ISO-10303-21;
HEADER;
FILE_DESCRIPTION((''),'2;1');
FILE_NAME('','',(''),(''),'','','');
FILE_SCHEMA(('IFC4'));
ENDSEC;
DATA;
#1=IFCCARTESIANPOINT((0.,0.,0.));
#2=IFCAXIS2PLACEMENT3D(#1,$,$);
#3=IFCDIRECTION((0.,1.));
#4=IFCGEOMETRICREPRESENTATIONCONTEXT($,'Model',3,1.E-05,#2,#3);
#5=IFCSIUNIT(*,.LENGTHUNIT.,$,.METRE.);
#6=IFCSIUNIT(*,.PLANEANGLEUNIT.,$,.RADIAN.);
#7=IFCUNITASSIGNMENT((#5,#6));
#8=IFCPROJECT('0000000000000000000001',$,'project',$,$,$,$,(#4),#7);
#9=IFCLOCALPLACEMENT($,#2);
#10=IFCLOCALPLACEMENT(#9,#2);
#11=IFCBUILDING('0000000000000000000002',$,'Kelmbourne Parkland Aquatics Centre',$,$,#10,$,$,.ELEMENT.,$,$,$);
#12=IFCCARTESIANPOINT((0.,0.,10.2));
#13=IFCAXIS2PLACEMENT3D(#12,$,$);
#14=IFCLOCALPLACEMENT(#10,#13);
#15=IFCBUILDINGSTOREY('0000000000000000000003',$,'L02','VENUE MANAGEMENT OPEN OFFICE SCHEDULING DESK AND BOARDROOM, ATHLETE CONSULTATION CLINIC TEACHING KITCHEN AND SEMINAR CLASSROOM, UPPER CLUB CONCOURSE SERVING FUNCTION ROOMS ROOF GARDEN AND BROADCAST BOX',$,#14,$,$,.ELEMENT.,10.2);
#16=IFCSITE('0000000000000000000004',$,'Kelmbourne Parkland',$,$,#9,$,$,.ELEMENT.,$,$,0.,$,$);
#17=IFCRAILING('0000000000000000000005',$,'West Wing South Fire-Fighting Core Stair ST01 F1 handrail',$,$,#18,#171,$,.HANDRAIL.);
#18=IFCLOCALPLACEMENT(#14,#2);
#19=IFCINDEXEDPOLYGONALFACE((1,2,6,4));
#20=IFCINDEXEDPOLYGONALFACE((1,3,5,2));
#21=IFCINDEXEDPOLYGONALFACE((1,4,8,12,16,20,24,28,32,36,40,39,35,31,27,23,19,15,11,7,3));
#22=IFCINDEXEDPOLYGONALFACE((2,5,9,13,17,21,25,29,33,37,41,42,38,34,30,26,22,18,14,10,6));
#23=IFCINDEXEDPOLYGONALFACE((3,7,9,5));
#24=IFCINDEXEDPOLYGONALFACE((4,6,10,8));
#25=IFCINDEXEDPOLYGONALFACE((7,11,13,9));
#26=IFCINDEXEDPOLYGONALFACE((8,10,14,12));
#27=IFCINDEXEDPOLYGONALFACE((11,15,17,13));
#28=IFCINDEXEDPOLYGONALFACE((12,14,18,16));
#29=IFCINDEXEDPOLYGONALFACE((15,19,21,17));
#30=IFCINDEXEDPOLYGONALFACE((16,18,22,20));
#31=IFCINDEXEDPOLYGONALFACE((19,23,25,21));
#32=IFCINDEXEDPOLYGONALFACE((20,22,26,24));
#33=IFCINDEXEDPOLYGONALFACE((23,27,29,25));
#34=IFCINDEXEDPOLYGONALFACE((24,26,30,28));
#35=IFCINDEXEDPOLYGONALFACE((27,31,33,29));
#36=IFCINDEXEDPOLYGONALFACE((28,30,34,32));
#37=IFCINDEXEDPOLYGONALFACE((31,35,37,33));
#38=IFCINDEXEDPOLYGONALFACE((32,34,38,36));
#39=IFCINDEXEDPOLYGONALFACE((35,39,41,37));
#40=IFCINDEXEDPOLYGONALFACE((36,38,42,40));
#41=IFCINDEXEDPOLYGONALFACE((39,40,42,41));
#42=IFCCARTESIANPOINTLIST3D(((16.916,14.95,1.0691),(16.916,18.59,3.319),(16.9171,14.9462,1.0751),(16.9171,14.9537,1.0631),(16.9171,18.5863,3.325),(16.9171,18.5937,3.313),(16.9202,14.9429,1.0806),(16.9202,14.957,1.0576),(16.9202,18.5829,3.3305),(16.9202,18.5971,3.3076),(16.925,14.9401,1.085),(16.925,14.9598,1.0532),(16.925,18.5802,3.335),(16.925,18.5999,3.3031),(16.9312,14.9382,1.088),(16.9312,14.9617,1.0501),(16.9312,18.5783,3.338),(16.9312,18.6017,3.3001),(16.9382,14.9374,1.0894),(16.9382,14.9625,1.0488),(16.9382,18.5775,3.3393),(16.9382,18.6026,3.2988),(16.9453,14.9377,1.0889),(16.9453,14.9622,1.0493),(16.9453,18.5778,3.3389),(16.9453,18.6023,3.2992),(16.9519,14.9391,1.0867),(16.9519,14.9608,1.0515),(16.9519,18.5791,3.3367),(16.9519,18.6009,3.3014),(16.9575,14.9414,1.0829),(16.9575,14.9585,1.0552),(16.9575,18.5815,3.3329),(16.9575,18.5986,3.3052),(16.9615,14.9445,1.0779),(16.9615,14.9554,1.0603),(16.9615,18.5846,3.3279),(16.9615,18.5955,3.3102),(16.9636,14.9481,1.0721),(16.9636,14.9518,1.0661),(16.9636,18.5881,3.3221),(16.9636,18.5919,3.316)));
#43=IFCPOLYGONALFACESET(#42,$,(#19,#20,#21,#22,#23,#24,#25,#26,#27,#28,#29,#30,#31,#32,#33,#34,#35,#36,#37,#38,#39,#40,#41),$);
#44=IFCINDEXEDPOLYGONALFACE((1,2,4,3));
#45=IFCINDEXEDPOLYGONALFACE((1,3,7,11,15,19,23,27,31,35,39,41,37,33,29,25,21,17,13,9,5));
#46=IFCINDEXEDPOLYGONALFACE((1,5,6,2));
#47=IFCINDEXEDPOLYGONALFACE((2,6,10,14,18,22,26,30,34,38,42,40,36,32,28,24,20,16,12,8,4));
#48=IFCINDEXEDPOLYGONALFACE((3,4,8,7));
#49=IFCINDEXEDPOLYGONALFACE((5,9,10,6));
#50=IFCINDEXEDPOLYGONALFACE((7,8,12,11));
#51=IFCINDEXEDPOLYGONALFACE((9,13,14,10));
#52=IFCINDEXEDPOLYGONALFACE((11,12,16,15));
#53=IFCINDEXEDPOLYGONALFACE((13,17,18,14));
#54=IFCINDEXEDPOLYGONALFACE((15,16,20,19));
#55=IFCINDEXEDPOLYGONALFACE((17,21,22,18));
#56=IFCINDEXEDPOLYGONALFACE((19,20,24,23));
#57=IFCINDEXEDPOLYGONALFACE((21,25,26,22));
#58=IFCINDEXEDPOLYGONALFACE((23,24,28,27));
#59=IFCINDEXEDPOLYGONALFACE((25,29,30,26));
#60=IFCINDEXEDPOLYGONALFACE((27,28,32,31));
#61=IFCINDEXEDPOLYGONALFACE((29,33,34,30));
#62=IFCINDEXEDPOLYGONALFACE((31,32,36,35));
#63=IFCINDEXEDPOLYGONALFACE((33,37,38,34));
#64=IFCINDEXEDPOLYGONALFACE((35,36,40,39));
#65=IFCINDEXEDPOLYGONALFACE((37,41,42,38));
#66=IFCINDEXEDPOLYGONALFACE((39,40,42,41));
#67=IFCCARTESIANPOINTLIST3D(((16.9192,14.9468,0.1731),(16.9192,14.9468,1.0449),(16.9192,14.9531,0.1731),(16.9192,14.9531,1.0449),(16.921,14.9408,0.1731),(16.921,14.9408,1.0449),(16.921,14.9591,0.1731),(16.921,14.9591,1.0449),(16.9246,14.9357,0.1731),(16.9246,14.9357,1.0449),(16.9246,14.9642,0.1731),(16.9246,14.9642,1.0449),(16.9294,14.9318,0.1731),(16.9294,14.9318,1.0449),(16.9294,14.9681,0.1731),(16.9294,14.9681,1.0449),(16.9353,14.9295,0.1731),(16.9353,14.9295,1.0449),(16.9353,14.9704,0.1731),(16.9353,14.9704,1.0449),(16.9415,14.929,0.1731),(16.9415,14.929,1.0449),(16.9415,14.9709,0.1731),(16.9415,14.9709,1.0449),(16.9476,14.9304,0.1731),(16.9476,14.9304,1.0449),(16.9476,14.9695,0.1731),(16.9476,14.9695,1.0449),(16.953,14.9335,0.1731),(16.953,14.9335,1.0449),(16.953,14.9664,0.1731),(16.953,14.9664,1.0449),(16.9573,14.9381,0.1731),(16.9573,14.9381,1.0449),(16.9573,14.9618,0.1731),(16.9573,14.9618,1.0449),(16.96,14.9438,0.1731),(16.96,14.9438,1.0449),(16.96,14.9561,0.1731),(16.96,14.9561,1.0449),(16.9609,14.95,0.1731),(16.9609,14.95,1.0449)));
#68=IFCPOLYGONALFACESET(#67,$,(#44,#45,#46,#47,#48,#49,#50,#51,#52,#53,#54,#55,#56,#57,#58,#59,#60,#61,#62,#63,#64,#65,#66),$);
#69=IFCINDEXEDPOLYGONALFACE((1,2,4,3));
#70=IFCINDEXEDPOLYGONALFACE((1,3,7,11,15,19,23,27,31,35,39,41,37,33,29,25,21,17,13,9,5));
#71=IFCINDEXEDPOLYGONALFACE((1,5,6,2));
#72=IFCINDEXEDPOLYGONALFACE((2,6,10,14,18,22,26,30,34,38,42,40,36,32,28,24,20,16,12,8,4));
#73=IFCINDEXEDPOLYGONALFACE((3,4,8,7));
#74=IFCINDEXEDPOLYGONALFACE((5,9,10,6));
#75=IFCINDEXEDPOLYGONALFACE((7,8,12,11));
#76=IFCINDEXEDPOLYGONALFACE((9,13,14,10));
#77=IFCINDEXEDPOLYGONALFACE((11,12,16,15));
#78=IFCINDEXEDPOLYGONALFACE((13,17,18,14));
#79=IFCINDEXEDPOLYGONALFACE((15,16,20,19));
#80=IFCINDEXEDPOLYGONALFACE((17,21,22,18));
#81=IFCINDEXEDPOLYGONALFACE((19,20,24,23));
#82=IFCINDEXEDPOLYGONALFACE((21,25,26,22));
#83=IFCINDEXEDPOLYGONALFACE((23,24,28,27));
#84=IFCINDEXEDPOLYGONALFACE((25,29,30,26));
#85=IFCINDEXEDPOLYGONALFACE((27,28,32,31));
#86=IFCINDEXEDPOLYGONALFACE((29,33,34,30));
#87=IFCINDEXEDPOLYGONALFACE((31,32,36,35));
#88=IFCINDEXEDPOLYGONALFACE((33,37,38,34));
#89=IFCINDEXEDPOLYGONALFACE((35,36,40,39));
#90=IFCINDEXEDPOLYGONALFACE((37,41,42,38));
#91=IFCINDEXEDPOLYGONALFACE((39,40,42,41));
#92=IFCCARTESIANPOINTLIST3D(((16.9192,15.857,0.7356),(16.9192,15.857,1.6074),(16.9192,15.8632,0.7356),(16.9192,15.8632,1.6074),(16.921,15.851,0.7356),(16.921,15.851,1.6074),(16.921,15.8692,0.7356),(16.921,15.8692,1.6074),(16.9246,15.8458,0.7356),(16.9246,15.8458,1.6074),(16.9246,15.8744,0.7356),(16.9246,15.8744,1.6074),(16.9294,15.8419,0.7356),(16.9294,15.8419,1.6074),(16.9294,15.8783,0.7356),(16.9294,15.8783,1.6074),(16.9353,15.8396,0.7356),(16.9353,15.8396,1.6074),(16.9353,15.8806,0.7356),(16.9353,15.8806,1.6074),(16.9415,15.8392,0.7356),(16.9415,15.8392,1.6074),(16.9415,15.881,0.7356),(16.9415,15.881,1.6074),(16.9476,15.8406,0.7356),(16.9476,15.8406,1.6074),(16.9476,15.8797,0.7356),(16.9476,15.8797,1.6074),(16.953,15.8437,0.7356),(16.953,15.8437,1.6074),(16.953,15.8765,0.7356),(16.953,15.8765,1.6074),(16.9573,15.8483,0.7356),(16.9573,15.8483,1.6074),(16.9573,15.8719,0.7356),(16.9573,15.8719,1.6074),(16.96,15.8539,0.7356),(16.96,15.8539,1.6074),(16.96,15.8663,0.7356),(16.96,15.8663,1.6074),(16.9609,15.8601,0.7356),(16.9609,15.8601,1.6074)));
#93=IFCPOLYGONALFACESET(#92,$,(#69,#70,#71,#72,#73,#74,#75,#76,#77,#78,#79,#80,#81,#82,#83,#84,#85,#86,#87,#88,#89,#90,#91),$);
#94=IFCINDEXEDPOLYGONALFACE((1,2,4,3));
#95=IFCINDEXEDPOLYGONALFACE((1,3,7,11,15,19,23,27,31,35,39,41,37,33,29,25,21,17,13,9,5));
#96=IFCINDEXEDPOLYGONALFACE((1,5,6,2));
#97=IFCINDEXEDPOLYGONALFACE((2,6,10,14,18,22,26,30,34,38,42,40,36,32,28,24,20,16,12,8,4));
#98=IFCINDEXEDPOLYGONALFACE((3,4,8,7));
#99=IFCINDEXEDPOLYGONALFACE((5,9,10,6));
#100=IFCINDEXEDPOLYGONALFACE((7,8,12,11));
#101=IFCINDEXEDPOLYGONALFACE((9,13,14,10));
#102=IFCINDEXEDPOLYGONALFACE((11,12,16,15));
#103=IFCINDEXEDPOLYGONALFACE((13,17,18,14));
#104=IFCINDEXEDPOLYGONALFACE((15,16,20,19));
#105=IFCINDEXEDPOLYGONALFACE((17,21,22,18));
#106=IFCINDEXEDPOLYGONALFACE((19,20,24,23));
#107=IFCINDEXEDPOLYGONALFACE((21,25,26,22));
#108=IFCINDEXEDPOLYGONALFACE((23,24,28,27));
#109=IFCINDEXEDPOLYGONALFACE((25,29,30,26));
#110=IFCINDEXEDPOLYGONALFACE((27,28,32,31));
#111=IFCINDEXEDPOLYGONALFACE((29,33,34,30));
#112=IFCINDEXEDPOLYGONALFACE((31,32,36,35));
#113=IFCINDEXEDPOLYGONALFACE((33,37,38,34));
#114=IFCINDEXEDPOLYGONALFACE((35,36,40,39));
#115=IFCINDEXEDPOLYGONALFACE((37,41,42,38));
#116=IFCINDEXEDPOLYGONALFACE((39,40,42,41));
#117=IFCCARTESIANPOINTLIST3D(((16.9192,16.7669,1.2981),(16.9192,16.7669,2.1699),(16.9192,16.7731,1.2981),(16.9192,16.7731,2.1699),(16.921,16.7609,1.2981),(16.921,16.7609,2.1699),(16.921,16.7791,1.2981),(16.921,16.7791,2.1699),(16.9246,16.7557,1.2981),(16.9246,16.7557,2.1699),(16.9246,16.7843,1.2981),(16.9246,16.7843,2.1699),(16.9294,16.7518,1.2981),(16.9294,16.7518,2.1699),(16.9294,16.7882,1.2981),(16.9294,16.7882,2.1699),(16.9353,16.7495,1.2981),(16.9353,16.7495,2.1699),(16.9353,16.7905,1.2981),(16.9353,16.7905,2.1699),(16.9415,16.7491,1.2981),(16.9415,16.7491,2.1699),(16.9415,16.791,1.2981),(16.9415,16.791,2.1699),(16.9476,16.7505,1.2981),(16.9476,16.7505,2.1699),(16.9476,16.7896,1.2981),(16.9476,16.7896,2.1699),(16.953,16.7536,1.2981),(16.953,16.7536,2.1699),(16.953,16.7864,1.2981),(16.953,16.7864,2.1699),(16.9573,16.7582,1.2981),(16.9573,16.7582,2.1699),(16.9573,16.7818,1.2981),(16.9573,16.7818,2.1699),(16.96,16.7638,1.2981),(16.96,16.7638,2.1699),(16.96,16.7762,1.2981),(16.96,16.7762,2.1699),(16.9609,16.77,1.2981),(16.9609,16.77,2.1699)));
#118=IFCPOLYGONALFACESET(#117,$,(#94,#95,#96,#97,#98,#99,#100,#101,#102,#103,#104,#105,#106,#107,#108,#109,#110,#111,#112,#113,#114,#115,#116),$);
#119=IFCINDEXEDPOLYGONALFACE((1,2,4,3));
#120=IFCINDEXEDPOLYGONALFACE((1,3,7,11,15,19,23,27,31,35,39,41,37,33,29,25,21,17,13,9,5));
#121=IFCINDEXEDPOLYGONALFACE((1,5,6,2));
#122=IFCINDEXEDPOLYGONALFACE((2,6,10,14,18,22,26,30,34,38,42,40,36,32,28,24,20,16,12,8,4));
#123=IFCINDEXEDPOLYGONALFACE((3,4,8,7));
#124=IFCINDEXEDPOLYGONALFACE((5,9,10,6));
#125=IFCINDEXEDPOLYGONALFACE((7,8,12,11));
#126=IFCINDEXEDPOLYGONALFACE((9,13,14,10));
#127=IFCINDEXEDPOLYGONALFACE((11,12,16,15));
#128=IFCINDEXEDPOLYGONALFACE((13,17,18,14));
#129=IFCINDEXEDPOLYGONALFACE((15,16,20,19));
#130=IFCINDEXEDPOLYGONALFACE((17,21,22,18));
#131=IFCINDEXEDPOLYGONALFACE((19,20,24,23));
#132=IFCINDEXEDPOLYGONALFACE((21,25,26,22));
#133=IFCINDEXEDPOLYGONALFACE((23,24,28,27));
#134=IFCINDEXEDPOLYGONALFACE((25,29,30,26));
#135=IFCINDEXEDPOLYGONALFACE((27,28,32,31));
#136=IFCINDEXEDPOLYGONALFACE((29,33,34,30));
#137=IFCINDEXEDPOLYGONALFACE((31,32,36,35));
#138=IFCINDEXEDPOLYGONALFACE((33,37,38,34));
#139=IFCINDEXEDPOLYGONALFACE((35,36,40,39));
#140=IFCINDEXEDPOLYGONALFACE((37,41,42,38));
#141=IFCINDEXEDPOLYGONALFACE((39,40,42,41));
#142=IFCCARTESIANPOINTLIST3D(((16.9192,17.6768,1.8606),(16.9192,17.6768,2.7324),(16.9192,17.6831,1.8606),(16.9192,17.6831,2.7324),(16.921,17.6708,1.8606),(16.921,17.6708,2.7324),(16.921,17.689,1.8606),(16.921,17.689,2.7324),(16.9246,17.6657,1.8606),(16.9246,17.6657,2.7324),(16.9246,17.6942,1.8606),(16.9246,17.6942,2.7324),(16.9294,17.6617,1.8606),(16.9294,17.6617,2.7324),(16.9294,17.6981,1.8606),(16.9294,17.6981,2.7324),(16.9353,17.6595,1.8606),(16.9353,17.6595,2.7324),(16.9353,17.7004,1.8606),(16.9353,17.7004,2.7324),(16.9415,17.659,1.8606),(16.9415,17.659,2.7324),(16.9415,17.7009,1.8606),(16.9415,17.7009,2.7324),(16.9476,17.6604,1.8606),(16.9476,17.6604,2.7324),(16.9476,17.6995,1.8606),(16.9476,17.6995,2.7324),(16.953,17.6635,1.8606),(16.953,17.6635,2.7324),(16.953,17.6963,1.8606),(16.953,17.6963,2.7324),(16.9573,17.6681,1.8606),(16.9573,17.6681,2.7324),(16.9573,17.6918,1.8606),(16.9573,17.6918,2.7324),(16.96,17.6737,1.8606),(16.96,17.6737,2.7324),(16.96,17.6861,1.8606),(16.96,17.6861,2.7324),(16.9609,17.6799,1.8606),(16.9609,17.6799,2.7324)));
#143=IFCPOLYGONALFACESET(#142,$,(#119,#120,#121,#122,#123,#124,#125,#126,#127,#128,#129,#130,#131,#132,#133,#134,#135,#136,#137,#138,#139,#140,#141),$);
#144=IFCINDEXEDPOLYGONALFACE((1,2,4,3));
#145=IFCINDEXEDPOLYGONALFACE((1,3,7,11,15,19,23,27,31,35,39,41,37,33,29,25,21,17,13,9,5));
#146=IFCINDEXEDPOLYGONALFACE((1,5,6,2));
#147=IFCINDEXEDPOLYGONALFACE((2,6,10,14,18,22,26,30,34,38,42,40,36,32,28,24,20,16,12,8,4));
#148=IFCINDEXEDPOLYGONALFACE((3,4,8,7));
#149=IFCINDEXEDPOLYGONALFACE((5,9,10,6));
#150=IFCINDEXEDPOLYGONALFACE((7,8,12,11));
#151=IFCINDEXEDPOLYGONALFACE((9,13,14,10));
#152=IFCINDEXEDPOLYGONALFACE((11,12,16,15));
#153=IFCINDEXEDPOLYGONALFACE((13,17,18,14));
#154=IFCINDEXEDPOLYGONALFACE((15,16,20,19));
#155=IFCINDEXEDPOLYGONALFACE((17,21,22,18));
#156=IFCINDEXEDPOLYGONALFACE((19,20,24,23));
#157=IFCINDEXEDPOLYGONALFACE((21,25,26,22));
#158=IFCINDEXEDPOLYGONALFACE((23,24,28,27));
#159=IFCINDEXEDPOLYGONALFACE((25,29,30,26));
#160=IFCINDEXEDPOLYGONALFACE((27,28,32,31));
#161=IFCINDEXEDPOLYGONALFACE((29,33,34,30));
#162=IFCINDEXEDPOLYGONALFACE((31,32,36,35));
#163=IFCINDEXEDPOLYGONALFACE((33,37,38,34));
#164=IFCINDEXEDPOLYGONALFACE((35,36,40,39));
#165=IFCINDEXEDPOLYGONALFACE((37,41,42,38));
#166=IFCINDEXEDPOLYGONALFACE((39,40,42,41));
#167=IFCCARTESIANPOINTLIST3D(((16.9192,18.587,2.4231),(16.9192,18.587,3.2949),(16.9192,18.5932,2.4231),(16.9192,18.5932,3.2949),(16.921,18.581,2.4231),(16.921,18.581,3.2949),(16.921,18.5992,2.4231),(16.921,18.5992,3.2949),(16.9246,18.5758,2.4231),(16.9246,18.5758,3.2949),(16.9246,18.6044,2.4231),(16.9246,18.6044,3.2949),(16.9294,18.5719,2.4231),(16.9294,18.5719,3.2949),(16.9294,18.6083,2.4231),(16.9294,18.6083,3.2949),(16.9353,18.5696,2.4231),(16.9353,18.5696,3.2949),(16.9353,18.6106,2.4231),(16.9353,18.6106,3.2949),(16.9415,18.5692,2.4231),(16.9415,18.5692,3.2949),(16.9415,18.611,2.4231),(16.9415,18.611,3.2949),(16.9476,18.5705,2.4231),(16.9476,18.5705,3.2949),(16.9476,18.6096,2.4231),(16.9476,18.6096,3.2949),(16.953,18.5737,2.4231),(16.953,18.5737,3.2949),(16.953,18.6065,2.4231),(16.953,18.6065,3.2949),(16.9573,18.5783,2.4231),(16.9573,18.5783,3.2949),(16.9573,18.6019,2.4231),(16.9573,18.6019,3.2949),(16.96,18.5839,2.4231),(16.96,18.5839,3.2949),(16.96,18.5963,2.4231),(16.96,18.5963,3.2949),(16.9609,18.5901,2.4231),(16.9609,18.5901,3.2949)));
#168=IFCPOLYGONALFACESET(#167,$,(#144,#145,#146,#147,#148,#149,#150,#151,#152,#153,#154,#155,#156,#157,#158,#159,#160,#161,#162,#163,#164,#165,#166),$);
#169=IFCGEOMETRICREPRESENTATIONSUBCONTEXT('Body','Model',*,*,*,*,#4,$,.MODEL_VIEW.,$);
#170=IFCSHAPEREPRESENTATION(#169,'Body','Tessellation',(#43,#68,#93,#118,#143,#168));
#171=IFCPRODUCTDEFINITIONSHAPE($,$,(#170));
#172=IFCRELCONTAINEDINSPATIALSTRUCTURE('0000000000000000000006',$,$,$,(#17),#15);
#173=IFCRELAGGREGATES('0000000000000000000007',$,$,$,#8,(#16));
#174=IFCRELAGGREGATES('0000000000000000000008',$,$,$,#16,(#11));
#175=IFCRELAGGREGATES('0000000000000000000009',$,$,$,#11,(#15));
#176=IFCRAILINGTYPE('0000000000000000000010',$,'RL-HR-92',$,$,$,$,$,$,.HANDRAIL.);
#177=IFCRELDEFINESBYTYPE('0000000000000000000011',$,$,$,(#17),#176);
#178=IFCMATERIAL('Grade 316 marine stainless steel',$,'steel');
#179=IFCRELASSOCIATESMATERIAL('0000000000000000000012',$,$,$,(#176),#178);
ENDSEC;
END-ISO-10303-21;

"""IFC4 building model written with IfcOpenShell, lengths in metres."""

from ifc_helpers import new_model, si_unit, direction, frame, origin, origin_2d, place, context, subcontext, project, spatial, circle, extrude, material, type_object, element, save


model = new_model("IFC4")

# Units and contexts
model_context = context("Model", 3, precision=1e-05, world=origin(), true_north=direction((0.0, 1.0)))
body_context = subcontext(model_context, "Body", "Model", "MODEL_VIEW")
ifc_project = project(units=[si_unit("LENGTHUNIT", "METRE"), si_unit("PLANEANGLEUNIT", "RADIAN")], contexts=[model_context])

# Site, building, storey
site_placement = place(None, origin())
site = spatial("IfcSite", under=ifc_project, at=site_placement, Name="Kelmbourne Parkland", CompositionType="ELEMENT", RefElevation=0.0)
building_placement = place(site_placement, origin())
building = spatial("IfcBuilding", under=site, at=building_placement, Name="Kelmbourne Parkland Aquatics Centre", CompositionType="ELEMENT")
storey_placement = place(building_placement, frame((0.0, 0.0, 10.2)))
storey = spatial("IfcBuildingStorey", under=building, at=storey_placement, Name="L02", Description="VENUE MANAGEMENT OPEN OFFICE SCHEDULING DESK AND BOARDROOM, ATHLETE CONSULTATION CLINIC TEACHING KITCHEN AND SEMINAR CLASSROOM, UPPER CLUB CONCOURSE SERVING FUNCTION ROOMS ROOF GARDEN AND BROADCAST BOX", CompositionType="ELEMENT", Elevation=10.2)

# Railing
ifc_material_1 = material(Name="Grade 316 marine stainless steel", Category="steel")
railing_type_1 = type_object("IfcRailingType", Name="RL-HR-92", PredefinedType="HANDRAIL", material=ifc_material_1)
railing_1_placement = place(storey_placement, frame((16.9399, 14.95, 0.1731)))
element("IfcRailing", 1, at=railing_1_placement, inside=storey, type_object=railing_type_1, Name="West Wing South Fire-Fighting Core Stair ST01 F1 handrail", PredefinedType="HANDRAIL", context=body_context, shape_type="SweptSolid", body=[
    extrude(circle(Radius=0.0239, at=origin_2d()), frame((0.0, 0.0, 0.896), z_axis=(0.0, 0.850622, 0.525777), x_axis=(-1.0, 0.0, 0.0)), (0.0, 0.0, 1.0), 4.2793),
    extrude(circle(Radius=0.021, at=origin_2d()), origin(), (0.0, 0.0, 1.0), 0.8718),
    extrude(circle(Radius=0.021, at=origin_2d()), frame((0.0, 0.9102, 0.5625)), (0.0, 0.0, 1.0), 0.8718),
    extrude(circle(Radius=0.021, at=origin_2d()), frame((0.0, 1.8201, 1.125)), (0.0, 0.0, 1.0), 0.8718),
    extrude(circle(Radius=0.021, at=origin_2d()), frame((0.0, 2.73, 1.6875)), (0.0, 0.0, 1.0), 0.8718),
    extrude(circle(Radius=0.021, at=origin_2d()), frame((0.0, 3.6401, 2.25)), (0.0, 0.0, 1.0), 0.8718),
])

save(model, "model.ifc")
